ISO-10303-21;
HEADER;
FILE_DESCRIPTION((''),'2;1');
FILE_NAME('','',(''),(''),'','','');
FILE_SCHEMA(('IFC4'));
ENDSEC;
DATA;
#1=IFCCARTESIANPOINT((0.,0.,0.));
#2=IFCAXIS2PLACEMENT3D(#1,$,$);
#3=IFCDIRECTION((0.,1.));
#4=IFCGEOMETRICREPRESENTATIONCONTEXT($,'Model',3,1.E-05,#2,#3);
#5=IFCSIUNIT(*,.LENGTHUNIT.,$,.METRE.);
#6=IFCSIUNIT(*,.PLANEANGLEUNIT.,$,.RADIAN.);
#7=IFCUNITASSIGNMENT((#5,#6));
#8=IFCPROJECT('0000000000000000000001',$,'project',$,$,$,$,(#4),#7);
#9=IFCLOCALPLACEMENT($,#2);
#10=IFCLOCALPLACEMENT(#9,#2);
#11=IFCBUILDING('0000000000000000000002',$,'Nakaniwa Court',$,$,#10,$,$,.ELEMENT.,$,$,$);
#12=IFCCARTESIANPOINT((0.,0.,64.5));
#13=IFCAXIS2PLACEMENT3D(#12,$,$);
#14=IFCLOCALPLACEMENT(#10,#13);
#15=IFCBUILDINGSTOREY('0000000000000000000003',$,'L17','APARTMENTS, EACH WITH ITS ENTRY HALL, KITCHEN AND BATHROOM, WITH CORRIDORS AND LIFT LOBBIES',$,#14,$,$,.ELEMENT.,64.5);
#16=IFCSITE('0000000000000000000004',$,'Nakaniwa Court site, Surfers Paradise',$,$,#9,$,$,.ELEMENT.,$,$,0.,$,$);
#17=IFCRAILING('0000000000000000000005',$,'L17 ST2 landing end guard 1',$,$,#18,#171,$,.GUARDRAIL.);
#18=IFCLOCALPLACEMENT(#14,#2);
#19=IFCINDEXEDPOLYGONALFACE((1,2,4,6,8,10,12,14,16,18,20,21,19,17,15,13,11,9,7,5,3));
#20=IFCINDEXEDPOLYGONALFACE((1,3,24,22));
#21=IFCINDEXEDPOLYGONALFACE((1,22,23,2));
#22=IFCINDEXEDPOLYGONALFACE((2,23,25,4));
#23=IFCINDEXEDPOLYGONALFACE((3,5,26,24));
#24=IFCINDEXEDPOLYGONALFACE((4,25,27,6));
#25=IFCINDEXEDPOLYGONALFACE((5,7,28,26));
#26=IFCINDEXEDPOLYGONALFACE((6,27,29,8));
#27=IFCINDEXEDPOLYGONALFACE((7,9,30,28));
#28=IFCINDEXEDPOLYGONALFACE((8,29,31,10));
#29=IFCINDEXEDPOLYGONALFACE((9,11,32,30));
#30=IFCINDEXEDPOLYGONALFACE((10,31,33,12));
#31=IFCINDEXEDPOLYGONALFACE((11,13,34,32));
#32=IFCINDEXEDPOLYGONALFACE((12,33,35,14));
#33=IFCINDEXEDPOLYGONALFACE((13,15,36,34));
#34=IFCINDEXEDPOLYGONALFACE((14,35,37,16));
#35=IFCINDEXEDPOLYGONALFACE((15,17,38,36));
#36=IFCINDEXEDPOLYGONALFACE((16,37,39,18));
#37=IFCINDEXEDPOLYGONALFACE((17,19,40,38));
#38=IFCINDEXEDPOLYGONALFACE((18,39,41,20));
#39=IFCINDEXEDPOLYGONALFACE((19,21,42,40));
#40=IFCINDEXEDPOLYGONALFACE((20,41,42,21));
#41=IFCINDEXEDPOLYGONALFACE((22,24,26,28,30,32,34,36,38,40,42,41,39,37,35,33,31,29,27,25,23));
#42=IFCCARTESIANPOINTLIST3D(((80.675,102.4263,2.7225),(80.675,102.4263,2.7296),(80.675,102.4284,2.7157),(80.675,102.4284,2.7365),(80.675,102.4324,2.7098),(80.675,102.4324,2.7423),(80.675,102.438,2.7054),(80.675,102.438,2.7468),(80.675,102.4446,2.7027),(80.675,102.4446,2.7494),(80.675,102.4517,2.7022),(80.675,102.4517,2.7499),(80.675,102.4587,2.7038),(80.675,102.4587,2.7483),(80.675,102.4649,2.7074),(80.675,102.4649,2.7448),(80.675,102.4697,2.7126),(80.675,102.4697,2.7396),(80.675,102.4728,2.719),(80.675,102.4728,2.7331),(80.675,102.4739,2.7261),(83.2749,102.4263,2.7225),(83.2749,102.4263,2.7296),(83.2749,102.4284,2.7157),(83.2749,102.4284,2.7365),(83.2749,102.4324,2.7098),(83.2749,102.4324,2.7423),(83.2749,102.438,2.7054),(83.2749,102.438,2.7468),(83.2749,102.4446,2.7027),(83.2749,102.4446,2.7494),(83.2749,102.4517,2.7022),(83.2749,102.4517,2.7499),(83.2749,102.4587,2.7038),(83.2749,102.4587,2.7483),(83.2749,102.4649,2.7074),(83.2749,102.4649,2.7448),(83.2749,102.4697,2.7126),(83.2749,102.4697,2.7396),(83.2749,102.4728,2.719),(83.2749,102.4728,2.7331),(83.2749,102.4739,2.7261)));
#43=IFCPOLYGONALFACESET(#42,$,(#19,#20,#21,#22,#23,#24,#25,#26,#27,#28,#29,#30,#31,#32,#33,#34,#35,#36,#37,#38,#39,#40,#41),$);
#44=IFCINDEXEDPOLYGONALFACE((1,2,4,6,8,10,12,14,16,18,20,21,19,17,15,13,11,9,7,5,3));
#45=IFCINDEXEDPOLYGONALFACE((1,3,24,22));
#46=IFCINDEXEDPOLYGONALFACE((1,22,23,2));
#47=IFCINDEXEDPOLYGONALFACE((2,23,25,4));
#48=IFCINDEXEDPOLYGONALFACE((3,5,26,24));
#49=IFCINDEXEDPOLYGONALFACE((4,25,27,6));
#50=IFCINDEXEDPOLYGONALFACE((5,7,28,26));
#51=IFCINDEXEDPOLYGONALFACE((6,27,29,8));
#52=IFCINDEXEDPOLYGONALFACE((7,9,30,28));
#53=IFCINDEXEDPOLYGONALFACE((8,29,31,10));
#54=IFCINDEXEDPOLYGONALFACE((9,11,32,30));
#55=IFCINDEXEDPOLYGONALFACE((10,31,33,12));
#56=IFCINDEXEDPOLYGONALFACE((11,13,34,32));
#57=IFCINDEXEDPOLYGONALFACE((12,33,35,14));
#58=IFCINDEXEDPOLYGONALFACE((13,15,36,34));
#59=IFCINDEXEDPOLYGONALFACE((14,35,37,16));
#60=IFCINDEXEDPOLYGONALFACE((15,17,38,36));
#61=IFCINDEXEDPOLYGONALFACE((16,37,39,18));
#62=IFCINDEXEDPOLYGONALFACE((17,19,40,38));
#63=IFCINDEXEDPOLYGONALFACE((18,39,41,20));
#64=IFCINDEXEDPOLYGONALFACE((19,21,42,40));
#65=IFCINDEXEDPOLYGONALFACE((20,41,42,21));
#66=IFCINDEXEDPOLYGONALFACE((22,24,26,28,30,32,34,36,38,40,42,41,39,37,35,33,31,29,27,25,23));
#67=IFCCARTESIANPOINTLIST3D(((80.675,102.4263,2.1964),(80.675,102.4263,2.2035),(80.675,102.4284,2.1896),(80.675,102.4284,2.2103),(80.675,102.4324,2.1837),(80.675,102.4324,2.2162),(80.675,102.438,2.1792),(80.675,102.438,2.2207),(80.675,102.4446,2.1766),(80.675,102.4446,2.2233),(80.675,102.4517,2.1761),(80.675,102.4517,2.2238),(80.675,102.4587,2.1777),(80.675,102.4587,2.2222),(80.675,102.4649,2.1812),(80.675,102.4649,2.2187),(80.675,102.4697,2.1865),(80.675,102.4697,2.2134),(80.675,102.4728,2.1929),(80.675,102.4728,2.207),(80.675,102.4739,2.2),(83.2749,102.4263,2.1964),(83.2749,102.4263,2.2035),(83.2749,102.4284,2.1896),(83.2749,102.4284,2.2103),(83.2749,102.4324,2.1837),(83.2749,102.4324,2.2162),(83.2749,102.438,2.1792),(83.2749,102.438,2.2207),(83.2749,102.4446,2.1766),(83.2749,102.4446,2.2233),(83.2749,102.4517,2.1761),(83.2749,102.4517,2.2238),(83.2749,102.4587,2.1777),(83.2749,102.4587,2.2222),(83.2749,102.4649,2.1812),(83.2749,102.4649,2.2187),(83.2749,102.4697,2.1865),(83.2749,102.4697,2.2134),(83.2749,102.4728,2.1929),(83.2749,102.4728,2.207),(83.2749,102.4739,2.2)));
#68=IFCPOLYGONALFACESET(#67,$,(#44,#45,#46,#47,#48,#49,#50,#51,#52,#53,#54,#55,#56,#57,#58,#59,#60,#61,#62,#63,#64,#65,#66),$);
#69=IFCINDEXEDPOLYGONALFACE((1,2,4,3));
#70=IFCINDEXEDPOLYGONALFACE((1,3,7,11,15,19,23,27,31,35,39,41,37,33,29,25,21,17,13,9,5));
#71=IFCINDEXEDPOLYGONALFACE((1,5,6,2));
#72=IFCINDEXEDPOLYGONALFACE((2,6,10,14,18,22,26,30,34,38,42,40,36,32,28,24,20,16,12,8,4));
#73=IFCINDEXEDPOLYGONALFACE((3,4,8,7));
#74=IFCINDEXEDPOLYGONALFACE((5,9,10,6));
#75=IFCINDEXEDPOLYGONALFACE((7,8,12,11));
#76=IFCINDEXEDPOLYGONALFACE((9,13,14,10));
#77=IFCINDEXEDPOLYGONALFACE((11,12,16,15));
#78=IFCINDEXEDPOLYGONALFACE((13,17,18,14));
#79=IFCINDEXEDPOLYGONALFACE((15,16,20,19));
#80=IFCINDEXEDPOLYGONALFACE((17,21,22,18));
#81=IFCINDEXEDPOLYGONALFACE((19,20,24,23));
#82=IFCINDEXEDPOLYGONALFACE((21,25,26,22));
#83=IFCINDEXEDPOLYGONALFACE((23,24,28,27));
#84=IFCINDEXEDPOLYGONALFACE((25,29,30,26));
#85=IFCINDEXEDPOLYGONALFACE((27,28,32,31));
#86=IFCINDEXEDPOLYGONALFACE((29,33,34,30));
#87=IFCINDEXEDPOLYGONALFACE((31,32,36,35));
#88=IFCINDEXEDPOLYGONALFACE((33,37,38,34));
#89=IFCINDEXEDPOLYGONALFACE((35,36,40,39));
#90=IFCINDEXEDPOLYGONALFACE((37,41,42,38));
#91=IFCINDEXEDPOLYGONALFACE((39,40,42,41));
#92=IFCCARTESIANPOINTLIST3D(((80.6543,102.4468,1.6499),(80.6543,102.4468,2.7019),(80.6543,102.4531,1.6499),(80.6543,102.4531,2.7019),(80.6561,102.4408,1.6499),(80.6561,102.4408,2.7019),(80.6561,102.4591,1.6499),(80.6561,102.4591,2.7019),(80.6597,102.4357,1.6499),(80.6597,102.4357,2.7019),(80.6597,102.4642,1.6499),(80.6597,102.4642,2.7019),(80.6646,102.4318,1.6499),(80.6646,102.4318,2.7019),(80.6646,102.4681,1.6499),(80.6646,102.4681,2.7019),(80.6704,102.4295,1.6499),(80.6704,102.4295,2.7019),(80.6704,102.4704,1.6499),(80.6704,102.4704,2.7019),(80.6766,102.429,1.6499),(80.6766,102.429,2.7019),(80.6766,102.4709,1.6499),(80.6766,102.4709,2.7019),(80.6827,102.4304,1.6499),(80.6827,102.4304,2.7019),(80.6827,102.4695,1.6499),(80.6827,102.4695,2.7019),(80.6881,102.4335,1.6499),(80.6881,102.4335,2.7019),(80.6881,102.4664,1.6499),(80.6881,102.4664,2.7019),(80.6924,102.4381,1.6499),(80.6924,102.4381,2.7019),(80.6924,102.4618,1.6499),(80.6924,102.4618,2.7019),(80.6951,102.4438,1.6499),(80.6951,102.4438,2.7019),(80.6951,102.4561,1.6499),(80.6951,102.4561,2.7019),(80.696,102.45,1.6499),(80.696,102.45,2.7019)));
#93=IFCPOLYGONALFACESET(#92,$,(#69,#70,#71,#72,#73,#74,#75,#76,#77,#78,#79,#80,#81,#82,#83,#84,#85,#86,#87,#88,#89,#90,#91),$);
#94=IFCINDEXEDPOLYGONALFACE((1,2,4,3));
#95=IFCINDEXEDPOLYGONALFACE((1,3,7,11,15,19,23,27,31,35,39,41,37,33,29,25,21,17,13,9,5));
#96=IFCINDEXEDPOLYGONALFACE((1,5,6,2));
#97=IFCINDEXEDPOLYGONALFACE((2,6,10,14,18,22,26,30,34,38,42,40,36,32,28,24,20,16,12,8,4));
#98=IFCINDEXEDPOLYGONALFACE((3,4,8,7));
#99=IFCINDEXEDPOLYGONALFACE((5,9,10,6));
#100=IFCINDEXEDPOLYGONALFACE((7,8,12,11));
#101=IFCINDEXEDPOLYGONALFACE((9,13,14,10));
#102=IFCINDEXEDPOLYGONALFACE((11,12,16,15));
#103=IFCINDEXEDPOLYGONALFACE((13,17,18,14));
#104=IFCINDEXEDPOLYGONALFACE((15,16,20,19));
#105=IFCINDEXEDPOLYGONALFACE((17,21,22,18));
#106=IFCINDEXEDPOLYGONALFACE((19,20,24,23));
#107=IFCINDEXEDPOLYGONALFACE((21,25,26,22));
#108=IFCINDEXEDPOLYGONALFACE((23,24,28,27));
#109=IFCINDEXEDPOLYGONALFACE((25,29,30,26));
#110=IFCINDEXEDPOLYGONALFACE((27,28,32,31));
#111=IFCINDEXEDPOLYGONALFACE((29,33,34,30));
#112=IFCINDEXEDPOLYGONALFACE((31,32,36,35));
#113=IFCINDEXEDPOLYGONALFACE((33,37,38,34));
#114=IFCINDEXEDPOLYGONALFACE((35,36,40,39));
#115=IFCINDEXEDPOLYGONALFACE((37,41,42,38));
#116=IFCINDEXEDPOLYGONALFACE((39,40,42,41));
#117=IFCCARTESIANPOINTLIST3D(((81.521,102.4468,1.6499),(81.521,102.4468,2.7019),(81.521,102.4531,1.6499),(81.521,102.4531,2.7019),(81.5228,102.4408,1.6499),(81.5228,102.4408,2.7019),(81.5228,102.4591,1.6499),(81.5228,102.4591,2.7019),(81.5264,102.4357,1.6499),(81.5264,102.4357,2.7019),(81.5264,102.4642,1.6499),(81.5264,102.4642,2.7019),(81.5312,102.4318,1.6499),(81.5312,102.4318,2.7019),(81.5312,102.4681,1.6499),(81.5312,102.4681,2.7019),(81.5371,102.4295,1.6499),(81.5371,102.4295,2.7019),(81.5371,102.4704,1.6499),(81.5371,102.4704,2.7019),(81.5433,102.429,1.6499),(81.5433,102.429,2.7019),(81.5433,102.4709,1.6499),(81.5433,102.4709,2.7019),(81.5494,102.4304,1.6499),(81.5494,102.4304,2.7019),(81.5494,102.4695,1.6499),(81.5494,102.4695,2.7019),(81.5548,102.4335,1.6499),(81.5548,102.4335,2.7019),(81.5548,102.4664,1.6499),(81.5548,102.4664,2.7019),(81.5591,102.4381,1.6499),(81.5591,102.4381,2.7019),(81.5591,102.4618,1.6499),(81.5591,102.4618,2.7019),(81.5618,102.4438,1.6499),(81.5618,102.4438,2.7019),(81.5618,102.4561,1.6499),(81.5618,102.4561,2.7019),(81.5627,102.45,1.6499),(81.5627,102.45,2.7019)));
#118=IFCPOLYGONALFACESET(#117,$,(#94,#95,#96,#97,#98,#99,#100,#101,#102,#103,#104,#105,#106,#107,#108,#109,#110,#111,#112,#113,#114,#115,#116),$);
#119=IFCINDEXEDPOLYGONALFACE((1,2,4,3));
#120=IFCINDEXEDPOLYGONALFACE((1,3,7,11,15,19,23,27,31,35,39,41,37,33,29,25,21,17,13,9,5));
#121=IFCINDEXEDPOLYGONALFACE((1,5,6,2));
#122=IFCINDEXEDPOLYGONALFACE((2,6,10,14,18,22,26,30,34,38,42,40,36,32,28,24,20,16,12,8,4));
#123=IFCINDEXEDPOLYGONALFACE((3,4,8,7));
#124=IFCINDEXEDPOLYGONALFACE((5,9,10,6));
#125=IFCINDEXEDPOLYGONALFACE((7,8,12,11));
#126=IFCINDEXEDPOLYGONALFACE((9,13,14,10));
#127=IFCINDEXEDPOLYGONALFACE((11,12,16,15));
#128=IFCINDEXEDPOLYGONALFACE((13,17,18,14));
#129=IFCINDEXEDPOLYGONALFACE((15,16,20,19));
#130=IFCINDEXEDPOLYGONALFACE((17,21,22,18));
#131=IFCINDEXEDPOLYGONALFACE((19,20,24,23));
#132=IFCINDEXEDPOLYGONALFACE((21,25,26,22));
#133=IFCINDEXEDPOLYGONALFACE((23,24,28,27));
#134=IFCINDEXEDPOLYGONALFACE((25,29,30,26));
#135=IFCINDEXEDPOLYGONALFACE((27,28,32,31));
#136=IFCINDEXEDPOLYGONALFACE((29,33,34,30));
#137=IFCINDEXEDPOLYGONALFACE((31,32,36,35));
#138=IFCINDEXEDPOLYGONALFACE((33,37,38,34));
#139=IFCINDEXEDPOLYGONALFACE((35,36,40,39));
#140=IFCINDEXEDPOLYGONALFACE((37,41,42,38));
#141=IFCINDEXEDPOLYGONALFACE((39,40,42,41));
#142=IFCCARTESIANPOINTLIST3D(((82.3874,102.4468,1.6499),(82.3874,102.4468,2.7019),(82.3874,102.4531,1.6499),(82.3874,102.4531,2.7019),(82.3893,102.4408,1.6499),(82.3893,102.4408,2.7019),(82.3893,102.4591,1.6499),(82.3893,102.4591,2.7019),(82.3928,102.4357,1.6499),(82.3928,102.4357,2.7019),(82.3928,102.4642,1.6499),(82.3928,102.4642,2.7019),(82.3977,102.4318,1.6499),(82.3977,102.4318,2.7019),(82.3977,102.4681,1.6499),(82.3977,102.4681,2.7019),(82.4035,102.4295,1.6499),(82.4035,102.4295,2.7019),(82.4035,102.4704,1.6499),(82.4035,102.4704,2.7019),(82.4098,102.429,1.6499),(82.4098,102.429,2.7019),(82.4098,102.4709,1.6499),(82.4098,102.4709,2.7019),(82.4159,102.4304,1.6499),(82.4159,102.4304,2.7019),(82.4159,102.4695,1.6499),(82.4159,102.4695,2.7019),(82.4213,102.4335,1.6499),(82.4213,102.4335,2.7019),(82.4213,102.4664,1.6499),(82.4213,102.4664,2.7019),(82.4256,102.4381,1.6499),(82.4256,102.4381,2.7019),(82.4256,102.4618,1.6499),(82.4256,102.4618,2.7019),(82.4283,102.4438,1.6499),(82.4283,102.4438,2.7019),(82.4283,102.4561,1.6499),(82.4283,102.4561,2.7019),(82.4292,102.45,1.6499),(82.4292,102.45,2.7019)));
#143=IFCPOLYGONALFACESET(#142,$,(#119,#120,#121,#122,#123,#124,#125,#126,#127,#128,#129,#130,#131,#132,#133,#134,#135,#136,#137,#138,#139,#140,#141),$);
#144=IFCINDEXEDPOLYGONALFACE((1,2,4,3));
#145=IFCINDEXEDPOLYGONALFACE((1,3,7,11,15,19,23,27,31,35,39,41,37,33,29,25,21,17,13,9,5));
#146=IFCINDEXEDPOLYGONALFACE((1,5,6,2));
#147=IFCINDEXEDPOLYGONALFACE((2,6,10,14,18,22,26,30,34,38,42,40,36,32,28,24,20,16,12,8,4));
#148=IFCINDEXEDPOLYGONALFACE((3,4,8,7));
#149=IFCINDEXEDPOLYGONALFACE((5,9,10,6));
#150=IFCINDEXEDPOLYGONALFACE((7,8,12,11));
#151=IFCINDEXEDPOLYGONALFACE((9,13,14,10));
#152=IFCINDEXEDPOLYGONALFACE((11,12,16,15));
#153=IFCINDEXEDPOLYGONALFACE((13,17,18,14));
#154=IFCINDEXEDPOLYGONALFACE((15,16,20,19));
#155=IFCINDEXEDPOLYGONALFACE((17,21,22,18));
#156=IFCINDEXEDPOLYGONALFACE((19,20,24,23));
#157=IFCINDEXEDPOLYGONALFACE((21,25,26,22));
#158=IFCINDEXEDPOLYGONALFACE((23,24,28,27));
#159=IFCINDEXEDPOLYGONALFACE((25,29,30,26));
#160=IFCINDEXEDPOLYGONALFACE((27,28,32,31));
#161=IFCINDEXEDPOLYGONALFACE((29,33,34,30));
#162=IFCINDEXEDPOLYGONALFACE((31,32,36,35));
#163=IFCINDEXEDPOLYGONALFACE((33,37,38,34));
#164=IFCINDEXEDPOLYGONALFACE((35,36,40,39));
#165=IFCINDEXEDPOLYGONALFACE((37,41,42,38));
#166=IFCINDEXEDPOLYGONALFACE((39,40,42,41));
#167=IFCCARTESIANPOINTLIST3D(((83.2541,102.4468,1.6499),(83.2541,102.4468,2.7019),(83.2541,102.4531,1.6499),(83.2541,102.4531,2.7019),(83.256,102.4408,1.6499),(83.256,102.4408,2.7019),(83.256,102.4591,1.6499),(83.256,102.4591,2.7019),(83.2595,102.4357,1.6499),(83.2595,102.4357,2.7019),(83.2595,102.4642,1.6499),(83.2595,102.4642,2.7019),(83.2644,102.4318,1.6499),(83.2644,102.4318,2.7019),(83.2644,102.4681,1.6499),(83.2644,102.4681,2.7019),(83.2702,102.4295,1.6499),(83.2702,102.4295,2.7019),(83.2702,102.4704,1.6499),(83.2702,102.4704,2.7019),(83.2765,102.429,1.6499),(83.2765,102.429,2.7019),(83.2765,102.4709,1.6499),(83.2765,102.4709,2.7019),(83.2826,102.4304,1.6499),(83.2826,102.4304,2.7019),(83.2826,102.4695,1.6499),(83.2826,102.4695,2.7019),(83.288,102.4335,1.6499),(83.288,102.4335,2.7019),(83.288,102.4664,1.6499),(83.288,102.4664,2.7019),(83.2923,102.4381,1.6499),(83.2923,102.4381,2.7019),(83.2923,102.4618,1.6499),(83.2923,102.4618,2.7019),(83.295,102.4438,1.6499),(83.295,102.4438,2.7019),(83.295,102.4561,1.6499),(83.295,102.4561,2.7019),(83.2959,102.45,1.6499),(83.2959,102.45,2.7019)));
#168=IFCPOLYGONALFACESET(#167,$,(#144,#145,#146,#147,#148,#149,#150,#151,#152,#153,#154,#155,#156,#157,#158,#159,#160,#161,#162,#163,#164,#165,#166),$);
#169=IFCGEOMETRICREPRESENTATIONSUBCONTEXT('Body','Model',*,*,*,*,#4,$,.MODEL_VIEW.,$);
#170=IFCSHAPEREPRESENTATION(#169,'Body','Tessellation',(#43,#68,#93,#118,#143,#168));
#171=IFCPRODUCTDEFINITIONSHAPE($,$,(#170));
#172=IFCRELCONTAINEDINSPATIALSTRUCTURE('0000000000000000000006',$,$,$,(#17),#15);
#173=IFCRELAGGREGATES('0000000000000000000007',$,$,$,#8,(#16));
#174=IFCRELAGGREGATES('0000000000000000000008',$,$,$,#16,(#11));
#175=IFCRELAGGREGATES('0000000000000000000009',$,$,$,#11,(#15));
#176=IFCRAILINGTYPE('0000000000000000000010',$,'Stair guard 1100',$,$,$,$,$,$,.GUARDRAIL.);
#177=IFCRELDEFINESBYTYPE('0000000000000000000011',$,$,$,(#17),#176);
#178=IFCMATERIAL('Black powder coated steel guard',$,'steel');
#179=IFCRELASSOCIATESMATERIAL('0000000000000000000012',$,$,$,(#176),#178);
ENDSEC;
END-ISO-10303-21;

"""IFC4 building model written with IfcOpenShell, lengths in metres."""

from ifc_helpers import new_model, si_unit, direction, frame, origin, origin_2d, place, context, subcontext, project, spatial, circle, extrude, material, type_object, element, save


model = new_model("IFC4")

# Units and contexts
model_context = context("Model", 3, precision=1e-05, world=origin(), true_north=direction((0.0, 1.0)))
body_context = subcontext(model_context, "Body", "Model", "MODEL_VIEW")
ifc_project = project(units=[si_unit("LENGTHUNIT", "METRE"), si_unit("PLANEANGLEUNIT", "RADIAN")], contexts=[model_context])

# Site, building, storey
site_placement = place(None, origin())
site = spatial("IfcSite", under=ifc_project, at=site_placement, Name="Nakaniwa Court site, Surfers Paradise", CompositionType="ELEMENT", RefElevation=0.0)
building_placement = place(site_placement, origin())
building = spatial("IfcBuilding", under=site, at=building_placement, Name="Nakaniwa Court", CompositionType="ELEMENT")
storey_placement = place(building_placement, frame((0.0, 0.0, 64.5)))
storey = spatial("IfcBuildingStorey", under=building, at=storey_placement, Name="L17", Description="APARTMENTS, EACH WITH ITS ENTRY HALL, KITCHEN AND BATHROOM, WITH CORRIDORS AND LIFT LOBBIES", CompositionType="ELEMENT", Elevation=64.5)

# Railing
ifc_material_1 = material(Name="Black powder coated steel guard", Category="steel")
railing_type_1 = type_object("IfcRailingType", Name="Stair guard 1100", PredefinedType="GUARDRAIL", material=ifc_material_1)
railing_1_placement = place(storey_placement, frame((80.675, 102.45, 1.6499)))
element("IfcRailing", 1, at=railing_1_placement, inside=storey, type_object=railing_type_1, Name="L17 ST2 landing end guard 1", PredefinedType="GUARDRAIL", context=body_context, shape_type="SweptSolid", body=[
    extrude(circle(Radius=0.0239, at=origin_2d()), frame((0.0, 0.0, 1.0762), z_axis=(1.0, 0.0, 0.0), x_axis=(0.0, 1.0, 0.0)), (0.0, 0.0, 1.0), 2.5999),
    extrude(circle(Radius=0.0239, at=origin_2d()), frame((0.0, 0.0, 0.55), z_axis=(1.0, 0.0, 0.0), x_axis=(0.0, 1.0, 0.0)), (0.0, 0.0, 1.0), 2.5999),
    extrude(circle(Radius=0.021, at=origin_2d()), origin(), (0.0, 0.0, 1.0), 1.052),
    extrude(circle(Radius=0.021, at=origin_2d()), frame((0.8667, 0.0, 0.0)), (0.0, 0.0, 1.0), 1.052),
    extrude(circle(Radius=0.021, at=origin_2d()), frame((1.7332, 0.0, 0.0)), (0.0, 0.0, 1.0), 1.052),
    extrude(circle(Radius=0.021, at=origin_2d()), frame((2.5999, 0.0, 0.0)), (0.0, 0.0, 1.0), 1.052),
])

save(model, "model.ifc")
